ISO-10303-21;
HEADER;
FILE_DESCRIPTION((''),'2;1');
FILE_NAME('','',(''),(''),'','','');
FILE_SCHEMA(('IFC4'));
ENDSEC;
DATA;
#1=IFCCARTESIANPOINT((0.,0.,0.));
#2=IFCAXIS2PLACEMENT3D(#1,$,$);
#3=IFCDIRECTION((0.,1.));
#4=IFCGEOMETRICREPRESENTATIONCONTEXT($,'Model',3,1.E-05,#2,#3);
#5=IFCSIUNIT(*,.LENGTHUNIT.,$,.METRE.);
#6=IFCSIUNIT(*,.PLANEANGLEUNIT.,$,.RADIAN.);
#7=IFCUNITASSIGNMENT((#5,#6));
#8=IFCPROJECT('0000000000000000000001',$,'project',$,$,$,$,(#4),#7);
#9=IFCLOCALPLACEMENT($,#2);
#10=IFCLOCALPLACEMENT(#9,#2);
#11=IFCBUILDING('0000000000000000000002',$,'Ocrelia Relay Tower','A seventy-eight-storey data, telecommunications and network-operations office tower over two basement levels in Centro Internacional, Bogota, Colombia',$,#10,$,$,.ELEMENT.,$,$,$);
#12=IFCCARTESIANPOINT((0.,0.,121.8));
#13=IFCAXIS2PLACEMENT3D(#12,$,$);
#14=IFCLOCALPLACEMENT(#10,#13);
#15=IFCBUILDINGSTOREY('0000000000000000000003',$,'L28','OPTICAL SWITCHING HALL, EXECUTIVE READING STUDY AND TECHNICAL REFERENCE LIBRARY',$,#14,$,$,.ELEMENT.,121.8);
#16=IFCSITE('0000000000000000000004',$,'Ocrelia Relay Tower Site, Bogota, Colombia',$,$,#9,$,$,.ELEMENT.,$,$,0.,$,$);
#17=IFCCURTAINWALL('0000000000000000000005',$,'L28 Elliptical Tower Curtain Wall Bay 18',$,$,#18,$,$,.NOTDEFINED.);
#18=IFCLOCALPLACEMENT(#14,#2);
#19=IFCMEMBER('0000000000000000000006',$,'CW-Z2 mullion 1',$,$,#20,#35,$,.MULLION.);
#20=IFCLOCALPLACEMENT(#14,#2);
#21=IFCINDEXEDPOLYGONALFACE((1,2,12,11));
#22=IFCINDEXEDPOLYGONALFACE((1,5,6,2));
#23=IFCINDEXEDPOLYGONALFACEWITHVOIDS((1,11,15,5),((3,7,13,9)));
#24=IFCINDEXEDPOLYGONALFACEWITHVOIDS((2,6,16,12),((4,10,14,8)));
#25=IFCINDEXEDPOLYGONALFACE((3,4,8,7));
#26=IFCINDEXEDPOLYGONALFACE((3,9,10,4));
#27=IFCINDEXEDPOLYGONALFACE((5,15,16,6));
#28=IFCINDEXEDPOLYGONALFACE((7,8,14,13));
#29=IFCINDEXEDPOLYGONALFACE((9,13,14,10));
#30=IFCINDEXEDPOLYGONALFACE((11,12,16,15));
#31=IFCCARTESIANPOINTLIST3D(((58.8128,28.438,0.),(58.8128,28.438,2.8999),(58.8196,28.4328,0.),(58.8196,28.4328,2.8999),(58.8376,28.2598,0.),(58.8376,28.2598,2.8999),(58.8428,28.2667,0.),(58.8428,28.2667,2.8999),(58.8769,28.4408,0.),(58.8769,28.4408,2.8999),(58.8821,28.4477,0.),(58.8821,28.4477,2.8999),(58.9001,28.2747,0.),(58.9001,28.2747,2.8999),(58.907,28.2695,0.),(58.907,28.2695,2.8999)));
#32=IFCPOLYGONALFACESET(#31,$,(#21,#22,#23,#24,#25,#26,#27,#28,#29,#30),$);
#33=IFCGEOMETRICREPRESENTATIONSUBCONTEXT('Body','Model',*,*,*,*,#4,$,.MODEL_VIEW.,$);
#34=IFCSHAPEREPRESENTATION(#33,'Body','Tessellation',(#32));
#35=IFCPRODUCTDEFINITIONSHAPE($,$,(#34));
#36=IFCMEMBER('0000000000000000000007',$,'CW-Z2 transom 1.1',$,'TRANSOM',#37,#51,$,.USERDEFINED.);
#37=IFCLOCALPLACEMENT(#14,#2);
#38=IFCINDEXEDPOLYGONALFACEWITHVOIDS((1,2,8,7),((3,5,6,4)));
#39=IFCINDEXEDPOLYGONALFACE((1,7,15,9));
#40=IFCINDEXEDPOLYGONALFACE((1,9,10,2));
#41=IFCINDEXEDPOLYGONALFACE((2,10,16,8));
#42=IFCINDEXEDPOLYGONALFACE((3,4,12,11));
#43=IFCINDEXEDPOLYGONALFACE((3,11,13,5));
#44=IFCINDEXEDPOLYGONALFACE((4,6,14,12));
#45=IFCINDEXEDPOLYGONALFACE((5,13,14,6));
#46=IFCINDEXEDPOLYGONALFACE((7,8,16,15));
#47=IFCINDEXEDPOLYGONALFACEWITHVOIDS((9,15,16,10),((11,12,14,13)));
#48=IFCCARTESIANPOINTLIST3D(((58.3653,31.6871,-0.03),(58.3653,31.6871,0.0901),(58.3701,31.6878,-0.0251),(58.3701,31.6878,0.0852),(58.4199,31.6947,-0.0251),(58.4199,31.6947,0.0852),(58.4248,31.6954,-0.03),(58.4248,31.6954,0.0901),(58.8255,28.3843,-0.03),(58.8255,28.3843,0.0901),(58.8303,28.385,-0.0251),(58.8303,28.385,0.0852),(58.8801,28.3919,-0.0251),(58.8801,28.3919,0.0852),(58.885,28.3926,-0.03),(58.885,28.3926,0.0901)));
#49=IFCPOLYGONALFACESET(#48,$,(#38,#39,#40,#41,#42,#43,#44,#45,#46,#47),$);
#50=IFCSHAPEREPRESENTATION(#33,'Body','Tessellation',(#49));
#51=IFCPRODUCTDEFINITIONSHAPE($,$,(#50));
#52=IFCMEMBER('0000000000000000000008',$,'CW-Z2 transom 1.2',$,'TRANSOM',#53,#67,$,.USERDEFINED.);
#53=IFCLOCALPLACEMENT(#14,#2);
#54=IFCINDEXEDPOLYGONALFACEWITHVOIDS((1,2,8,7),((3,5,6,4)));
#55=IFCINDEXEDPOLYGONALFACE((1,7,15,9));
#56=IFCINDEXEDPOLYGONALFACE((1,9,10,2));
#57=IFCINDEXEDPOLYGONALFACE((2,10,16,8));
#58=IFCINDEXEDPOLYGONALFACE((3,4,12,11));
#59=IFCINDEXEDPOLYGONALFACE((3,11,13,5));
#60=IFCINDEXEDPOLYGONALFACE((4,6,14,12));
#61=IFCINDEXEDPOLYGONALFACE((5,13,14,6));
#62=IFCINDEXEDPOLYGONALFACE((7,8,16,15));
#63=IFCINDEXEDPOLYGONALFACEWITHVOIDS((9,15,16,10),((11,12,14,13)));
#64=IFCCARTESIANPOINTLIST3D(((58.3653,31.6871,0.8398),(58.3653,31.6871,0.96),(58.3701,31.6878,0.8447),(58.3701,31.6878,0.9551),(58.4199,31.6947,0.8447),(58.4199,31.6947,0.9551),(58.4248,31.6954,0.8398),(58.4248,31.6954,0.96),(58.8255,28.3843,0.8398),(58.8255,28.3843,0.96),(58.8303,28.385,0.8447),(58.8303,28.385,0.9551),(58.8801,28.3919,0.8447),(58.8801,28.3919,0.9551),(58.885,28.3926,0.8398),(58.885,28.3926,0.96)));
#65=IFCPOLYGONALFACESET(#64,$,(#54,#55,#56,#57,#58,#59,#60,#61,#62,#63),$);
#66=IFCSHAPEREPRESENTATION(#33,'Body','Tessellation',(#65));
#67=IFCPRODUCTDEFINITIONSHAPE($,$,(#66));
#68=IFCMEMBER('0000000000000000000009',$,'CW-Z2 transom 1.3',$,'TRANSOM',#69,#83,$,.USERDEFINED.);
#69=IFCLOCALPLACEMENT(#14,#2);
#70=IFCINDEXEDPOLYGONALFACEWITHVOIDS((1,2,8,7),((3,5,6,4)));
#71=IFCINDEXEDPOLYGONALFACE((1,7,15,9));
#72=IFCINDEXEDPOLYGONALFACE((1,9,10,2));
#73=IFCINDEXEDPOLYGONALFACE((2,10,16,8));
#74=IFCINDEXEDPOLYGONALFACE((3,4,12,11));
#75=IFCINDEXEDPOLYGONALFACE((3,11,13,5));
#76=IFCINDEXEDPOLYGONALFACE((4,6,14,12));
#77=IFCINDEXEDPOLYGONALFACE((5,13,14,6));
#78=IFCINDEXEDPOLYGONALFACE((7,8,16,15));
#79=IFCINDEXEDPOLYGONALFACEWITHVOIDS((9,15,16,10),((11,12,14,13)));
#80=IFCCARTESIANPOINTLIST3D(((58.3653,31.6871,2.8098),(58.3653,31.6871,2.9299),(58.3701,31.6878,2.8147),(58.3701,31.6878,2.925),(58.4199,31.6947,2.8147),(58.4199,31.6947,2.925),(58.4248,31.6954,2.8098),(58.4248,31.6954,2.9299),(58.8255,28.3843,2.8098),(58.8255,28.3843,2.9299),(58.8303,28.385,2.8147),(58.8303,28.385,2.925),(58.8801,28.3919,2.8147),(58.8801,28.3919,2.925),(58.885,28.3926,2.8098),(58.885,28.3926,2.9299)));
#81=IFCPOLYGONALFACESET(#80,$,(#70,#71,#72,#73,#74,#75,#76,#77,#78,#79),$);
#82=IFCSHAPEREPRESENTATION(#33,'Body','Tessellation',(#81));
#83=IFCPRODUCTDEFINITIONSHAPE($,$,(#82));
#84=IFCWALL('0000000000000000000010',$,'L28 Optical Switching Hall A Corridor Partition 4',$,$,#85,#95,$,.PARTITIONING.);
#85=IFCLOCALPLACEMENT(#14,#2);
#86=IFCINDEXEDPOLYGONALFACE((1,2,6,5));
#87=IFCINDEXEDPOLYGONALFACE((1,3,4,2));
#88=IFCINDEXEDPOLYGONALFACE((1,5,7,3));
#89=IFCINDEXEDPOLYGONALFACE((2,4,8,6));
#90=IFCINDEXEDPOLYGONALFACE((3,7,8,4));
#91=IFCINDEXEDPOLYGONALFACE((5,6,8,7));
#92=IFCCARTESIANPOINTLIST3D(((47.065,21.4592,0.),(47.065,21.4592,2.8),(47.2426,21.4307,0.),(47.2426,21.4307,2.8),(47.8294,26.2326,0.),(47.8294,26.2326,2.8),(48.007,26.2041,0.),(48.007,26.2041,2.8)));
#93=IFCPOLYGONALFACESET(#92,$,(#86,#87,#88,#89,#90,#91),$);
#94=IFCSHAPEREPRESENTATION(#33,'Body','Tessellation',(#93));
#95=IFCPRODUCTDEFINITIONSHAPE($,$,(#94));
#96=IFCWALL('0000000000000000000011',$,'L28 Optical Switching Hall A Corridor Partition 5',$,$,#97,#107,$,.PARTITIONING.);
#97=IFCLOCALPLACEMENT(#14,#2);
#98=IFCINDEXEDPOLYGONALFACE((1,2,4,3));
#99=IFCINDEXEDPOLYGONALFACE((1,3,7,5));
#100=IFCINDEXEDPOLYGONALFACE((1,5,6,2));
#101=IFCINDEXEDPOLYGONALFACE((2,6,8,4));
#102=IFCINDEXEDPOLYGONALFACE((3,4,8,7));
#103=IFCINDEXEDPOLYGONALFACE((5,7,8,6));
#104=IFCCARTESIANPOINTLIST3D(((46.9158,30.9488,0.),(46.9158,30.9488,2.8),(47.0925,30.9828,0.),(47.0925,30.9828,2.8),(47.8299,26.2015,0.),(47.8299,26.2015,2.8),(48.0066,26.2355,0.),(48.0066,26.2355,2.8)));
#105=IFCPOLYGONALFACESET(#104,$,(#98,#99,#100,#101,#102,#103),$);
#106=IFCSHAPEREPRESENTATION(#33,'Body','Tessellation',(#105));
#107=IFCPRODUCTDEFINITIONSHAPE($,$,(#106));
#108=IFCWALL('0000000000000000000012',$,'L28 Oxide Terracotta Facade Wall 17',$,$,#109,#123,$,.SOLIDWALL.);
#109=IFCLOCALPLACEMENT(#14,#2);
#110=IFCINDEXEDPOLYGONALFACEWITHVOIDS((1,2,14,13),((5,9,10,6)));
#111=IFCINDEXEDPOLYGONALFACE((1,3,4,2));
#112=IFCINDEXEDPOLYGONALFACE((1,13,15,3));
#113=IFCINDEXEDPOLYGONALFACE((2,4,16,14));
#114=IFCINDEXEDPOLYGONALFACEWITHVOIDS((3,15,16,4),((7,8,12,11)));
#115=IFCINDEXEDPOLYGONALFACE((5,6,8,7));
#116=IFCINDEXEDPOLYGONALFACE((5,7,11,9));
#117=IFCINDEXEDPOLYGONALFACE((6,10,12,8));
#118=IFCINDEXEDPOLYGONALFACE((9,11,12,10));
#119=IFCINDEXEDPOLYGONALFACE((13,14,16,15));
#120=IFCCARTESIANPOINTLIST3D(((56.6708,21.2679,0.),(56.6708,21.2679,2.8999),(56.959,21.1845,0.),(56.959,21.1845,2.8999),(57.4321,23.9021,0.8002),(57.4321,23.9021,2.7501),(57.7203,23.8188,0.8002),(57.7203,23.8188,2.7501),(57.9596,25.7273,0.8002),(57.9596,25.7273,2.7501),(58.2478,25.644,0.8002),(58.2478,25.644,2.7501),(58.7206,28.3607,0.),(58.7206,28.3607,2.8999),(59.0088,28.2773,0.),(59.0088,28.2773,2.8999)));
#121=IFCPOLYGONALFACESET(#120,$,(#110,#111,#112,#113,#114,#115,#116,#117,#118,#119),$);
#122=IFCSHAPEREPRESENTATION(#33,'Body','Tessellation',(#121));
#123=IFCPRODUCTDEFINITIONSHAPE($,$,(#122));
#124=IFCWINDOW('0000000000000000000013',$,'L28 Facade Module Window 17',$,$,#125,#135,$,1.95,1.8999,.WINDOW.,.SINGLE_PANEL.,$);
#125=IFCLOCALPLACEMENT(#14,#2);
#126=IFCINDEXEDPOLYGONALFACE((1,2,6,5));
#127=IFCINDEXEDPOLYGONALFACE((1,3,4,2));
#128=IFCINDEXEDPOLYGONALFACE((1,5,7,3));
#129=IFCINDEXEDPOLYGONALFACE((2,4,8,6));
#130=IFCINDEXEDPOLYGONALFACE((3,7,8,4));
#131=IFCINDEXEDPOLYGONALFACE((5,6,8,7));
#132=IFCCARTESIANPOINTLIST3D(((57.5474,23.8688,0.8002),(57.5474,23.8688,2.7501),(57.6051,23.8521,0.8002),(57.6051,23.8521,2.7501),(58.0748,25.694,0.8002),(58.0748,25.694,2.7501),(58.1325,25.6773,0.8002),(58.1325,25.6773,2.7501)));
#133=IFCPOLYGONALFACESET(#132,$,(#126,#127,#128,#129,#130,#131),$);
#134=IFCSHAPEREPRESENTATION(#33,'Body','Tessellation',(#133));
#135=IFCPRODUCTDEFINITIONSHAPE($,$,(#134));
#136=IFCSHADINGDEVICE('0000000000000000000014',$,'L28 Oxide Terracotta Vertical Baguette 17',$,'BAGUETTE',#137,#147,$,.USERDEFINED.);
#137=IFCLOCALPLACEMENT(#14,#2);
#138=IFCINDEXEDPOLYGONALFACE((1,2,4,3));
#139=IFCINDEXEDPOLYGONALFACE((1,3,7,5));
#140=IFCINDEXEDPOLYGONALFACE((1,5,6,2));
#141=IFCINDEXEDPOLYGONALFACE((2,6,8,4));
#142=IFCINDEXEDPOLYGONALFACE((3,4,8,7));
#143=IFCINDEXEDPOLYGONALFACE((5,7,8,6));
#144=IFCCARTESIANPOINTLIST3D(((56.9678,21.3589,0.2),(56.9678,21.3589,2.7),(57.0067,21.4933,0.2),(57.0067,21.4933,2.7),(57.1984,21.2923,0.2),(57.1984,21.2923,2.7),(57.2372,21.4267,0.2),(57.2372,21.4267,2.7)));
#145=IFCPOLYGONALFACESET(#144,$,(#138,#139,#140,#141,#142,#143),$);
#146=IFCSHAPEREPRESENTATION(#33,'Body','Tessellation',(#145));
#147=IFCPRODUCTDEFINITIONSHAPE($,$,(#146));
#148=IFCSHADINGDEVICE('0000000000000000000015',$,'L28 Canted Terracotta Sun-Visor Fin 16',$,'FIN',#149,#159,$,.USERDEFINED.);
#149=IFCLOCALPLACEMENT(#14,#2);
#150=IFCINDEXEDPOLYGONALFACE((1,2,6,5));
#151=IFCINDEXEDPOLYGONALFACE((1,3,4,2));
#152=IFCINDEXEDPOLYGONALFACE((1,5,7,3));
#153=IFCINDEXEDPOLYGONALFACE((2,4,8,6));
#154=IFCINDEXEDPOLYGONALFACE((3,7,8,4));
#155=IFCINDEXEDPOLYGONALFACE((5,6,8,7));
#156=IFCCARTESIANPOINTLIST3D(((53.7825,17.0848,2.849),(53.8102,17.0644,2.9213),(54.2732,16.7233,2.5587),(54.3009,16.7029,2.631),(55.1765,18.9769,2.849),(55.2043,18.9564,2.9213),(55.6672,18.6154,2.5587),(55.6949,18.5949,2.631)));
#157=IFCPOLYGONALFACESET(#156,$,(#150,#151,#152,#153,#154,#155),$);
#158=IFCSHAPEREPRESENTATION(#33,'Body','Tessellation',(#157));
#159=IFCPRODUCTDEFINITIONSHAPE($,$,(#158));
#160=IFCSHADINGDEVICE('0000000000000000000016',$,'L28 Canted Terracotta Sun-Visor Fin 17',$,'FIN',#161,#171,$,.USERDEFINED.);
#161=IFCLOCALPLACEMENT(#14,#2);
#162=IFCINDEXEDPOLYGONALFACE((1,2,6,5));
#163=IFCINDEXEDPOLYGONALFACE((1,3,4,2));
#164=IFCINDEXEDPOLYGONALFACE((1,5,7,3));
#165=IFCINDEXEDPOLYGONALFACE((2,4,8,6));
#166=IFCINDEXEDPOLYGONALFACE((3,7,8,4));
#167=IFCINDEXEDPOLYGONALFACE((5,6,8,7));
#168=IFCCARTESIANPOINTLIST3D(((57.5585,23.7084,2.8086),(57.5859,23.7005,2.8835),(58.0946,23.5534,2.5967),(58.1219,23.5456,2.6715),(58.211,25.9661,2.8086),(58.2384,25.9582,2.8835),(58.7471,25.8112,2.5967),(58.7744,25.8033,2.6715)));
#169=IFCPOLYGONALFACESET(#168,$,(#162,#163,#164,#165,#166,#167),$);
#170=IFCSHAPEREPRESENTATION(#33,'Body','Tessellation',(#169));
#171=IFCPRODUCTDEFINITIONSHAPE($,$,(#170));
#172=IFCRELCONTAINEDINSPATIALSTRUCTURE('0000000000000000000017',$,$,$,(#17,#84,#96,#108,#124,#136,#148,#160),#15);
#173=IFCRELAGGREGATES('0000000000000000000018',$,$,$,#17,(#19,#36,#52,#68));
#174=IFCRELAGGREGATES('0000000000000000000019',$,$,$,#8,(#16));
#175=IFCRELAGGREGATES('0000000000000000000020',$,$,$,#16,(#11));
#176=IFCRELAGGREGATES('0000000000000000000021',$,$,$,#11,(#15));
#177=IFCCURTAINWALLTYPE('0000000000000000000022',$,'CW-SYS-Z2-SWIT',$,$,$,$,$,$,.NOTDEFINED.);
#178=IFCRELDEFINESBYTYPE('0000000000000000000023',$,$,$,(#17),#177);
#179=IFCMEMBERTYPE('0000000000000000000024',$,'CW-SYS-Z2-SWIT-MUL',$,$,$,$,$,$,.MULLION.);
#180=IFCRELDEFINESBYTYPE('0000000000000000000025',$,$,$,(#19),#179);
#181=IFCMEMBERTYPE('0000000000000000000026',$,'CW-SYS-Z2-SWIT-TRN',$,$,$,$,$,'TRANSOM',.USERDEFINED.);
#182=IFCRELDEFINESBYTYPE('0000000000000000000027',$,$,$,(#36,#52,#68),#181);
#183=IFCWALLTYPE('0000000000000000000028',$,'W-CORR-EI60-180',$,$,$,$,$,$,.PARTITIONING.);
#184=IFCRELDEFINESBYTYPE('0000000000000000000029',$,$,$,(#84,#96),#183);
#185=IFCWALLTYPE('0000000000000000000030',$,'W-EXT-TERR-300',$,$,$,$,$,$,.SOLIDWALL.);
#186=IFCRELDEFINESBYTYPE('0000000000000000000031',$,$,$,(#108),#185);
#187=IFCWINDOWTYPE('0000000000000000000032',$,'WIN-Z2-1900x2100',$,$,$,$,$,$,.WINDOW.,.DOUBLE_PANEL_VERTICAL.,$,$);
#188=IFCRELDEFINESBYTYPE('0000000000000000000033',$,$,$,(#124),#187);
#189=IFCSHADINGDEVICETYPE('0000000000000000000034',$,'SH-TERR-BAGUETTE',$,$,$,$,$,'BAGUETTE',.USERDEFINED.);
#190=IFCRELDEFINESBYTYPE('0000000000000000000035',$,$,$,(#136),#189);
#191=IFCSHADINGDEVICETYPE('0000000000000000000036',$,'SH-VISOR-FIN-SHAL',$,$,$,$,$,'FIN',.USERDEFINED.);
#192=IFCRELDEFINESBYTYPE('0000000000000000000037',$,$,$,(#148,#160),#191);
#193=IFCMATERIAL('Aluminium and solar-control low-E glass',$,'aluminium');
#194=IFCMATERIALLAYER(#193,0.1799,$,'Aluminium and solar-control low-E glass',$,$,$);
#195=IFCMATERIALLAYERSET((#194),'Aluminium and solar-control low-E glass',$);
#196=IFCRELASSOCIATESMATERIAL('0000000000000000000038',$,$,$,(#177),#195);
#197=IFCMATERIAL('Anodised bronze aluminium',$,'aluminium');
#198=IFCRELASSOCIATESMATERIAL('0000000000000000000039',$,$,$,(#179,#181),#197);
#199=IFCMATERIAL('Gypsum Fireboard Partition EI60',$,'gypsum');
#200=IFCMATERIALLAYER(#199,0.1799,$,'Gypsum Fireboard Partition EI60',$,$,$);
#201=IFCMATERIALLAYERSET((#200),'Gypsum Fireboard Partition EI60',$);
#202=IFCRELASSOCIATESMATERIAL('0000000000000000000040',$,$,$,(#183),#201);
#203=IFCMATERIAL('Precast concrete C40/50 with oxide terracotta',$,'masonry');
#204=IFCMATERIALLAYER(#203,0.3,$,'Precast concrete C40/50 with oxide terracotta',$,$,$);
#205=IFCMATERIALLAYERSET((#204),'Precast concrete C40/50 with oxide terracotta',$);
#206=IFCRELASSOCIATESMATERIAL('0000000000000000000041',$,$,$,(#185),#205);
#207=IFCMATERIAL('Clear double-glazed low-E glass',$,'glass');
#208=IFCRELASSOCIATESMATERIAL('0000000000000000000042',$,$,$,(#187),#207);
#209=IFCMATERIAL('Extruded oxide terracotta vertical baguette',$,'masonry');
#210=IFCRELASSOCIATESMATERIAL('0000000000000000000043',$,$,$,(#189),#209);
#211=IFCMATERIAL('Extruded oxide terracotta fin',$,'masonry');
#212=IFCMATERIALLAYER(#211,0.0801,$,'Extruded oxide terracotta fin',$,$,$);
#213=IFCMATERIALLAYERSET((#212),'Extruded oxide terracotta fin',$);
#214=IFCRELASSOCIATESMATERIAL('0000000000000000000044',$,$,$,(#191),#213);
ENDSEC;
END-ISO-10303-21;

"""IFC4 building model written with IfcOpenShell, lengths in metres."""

from ifc_helpers import new_model, si_unit, direction, frame, frame_2d, origin, origin_2d, place, context, subcontext, project, spatial, rectangle, hollow_rectangle, extrude, material, layer, layer_set, material_profile, profile_set, type_object, element, fill, aggregate, save


model = new_model("IFC4")

# Units and contexts
model_context = context("Model", 3, precision=1e-05, world=origin(), true_north=direction((0.0, 1.0)))
body_context = subcontext(model_context, "Body", "Model", "MODEL_VIEW")
ifc_project = project(units=[si_unit("LENGTHUNIT", "METRE"), si_unit("PLANEANGLEUNIT", "RADIAN")], contexts=[model_context])

# Site, building, storey
site_placement = place(None, origin())
site = spatial("IfcSite", under=ifc_project, at=site_placement, Name="Ocrelia Relay Tower Site, Bogota, Colombia", CompositionType="ELEMENT", RefElevation=0.0)
building_placement = place(site_placement, origin())
building = spatial("IfcBuilding", under=site, at=building_placement, Name="Ocrelia Relay Tower", Description="A seventy-eight-storey data, telecommunications and network-operations office tower over two basement levels in Centro Internacional, Bogota, Colombia", CompositionType="ELEMENT")
storey_placement = place(building_placement, frame((0.0, 0.0, 121.8)))
storey = spatial("IfcBuildingStorey", under=building, at=storey_placement, Name="L28", Description="OPTICAL SWITCHING HALL, EXECUTIVE READING STUDY AND TECHNICAL REFERENCE LIBRARY", CompositionType="ELEMENT", Elevation=121.8)

# Curtain wall, members
ifc_material_1 = material(Name="Aluminium and solar-control low-E glass", Category="aluminium")
ifc_layer_1 = layer(ifc_material_1, 0.1799, Name="Aluminium and solar-control low-E glass")
ifc_layer_set_1 = layer_set([ifc_layer_1], Name="Aluminium and solar-control low-E glass")
curtain_wall_type = type_object("IfcCurtainWallType", Name="CW-SYS-Z2-SWIT", PredefinedType="NOTDEFINED", material=ifc_layer_set_1)
curtain_wall_placement = place(storey_placement, origin())
curtain_wall = element("IfcCurtainWall", 1, at=curtain_wall_placement, inside=storey, type_object=curtain_wall_type, Name="L28 Elliptical Tower Curtain Wall Bay 18", PredefinedType="NOTDEFINED")
ifc_material_2 = material(Name="Anodised bronze aluminium", Category="aluminium")
ifc_material_profile_1 = material_profile(ifc_material_2, hollow_rectangle(XDim=0.0701, YDim=0.1799, WallThickness=0.0061, at=origin_2d()), Name="CW-MUL-180x70")
ifc_profile_set_1 = profile_set([ifc_material_profile_1], Name="Anodised bronze aluminium")
member_type_1 = type_object("IfcMemberType", Name="CW-SYS-Z2-SWIT-MUL", PredefinedType="MULLION", material=ifc_profile_set_1)
member_1_placement = place(storey_placement, frame((58.8599, 28.3538, 0.0), z_axis=(0.0, 0.0, 1.0), x_axis=(-0.990435, -0.137983, 0.0)))
member_1 = element("IfcMember", 2, at=member_1_placement, type_object=member_type_1, Name="CW-Z2 mullion 1", PredefinedType="MULLION", context=body_context, shape_type="SweptSolid", body=[
    extrude(hollow_rectangle(XDim=0.0701, YDim=0.1799, WallThickness=0.0061, at=origin_2d()), origin(), (0.0, 0.0, 1.0), 2.8999),
])
ifc_material_profile_2 = material_profile(ifc_material_2, hollow_rectangle(XDim=0.0601, YDim=0.1201, WallThickness=0.0049, at=origin_2d()), Name="CW-TRN-120x60")
ifc_profile_set_2 = profile_set([ifc_material_profile_2], Name="Anodised bronze aluminium")
member_type_2 = type_object("IfcMemberType", Name="CW-SYS-Z2-SWIT-TRN", ElementType="TRANSOM", PredefinedType="USERDEFINED", material=ifc_profile_set_2)
member_2_placement = place(storey_placement, frame((58.8552, 28.3884, 0.03), z_axis=(-0.138007, 0.990431, 0.0), x_axis=(-0.990431, -0.138007, 0.0)))
member_2 = element("IfcMember", 3, at=member_2_placement, type_object=member_type_2, Name="CW-Z2 transom 1.1", ObjectType="TRANSOM", PredefinedType="USERDEFINED", context=body_context, shape_type="SweptSolid", body=[
    extrude(hollow_rectangle(XDim=0.0601, YDim=0.1201, WallThickness=0.0049, at=origin_2d()), origin(), (0.0, 0.0, 1.0), 3.3347),
])
member_3_placement = place(storey_placement, frame((58.8552, 28.3884, 0.8999), z_axis=(-0.138007, 0.990431, 0.0), x_axis=(-0.990431, -0.138007, 0.0)))
member_3 = element("IfcMember", 4, at=member_3_placement, type_object=member_type_2, Name="CW-Z2 transom 1.2", ObjectType="TRANSOM", PredefinedType="USERDEFINED", context=body_context, shape_type="SweptSolid", body=[
    extrude(hollow_rectangle(XDim=0.0601, YDim=0.1201, WallThickness=0.0049, at=origin_2d()), origin(), (0.0, 0.0, 1.0), 3.3347),
])
member_4_placement = place(storey_placement, frame((58.8552, 28.3884, 2.8699), z_axis=(-0.138007, 0.990431, 0.0), x_axis=(-0.990431, -0.138007, 0.0)))
member_4 = element("IfcMember", 5, at=member_4_placement, type_object=member_type_2, Name="CW-Z2 transom 1.3", ObjectType="TRANSOM", PredefinedType="USERDEFINED", context=body_context, shape_type="SweptSolid", body=[
    extrude(hollow_rectangle(XDim=0.0601, YDim=0.1201, WallThickness=0.0049, at=origin_2d()), origin(), (0.0, 0.0, 1.0), 3.3347),
])
aggregate(curtain_wall, [member_1, member_2, member_3, member_4])

# Walls
ifc_material_3 = material(Name="Gypsum Fireboard Partition EI60", Category="gypsum")
ifc_layer_2 = layer(ifc_material_3, 0.1799, Name="Gypsum Fireboard Partition EI60")
ifc_layer_set_2 = layer_set([ifc_layer_2], Name="Gypsum Fireboard Partition EI60")
wall_type_1 = type_object("IfcWallType", Name="W-CORR-EI60-180", PredefinedType="PARTITIONING", material=ifc_layer_set_2)
wall_1_placement = place(storey_placement, frame((47.1538, 21.4451, 0.0), z_axis=(0.0, 0.0, 1.0), x_axis=(0.158122, 0.98742, 0.0)))
element("IfcWall", 6, at=wall_1_placement, inside=storey, type_object=wall_type_1, Name="L28 Optical Switching Hall A Corridor Partition 4", PredefinedType="PARTITIONING", context=body_context, shape_type="SweptSolid", body=[
    extrude(rectangle(XDim=4.8342, YDim=0.1799, at=frame_2d((2.417, 0.0))), origin(), (0.0, 0.0, 1.0), 2.8),
])
wall_2_placement = place(storey_placement, frame((47.9182, 26.2185, 0.0), z_axis=(0.0, 0.0, 1.0), x_axis=(-0.18907, 0.981964, 0.0)))
element("IfcWall", 7, at=wall_2_placement, inside=storey, type_object=wall_type_1, Name="L28 Optical Switching Hall A Corridor Partition 5", PredefinedType="PARTITIONING", context=body_context, shape_type="SweptSolid", body=[
    extrude(rectangle(XDim=4.8345, YDim=0.1799, at=frame_2d((2.4172, 0.0))), origin(), (0.0, 0.0, 1.0), 2.8),
])

# Wall, opening, window
ifc_material_4 = material(Name="Precast concrete C40/50 with oxide terracotta", Category="masonry")
ifc_layer_3 = layer(ifc_material_4, 0.3, Name="Precast concrete C40/50 with oxide terracotta")
ifc_layer_set_3 = layer_set([ifc_layer_3], Name="Precast concrete C40/50 with oxide terracotta")
wall_type_2 = type_object("IfcWallType", Name="W-EXT-TERR-300", PredefinedType="SOLIDWALL", material=ifc_layer_set_3)
wall_3_placement = place(storey_placement, frame((56.8149, 21.2263, 0.0), z_axis=(0.0, 0.0, 1.0), x_axis=(0.277637, 0.960686, 0.0)))
wall_3 = element("IfcWall", 8, at=wall_3_placement, inside=storey, type_object=wall_type_2, Name="L28 Oxide Terracotta Facade Wall 17", PredefinedType="SOLIDWALL", context=body_context, shape_type="SweptSolid", body=[
    extrude(rectangle(XDim=7.3831, YDim=0.3, at=frame_2d((3.6914, 0.0))), origin(), (0.0, 0.0, 1.0), 2.8999),
])
opening_placement = place(wall_3_placement, frame((2.7419, 0.0, 0.8)))
opening = element("IfcOpeningElement", 9, at=opening_placement, cuts=wall_3, PredefinedType="OPENING", context=body_context, shape_type="SweptSolid", body=[
    extrude(rectangle(XDim=1.8999, YDim=1.95, at=frame_2d((0.95, 0.9751))), frame((0.0, 0.1602, 0.0), z_axis=(0.0, -1.0, 0.0), x_axis=(1.0, 0.0, 0.0)), (0.0, 0.0, 1.0), 0.3201),
])
ifc_material_5 = material(Name="Clear double-glazed low-E glass", Category="glass")
window_type = type_object("IfcWindowType", Name="WIN-Z2-1900x2100", PartitioningType="DOUBLE_PANEL_VERTICAL", PredefinedType="WINDOW", material=ifc_material_5)
window_placement = place(opening_placement, origin())
window = element("IfcWindow", 10, at=window_placement, inside=storey, type_object=window_type, Name="L28 Facade Module Window 17", OverallHeight=1.95, OverallWidth=1.8999, PartitioningType="SINGLE_PANEL", PredefinedType="WINDOW", context=body_context, shape_type="SweptSolid", body=[
    extrude(rectangle(XDim=1.8999, YDim=1.95, at=frame_2d((0.95, 0.9751))), frame((0.0, 0.03, 0.0), z_axis=(0.0, -1.0, 0.0), x_axis=(1.0, 0.0, 0.0)), (0.0, 0.0, 1.0), 0.0601),
])
fill(opening, window)

# Shading devices
ifc_material_6 = material(Name="Extruded oxide terracotta vertical baguette", Category="masonry")
shading_device_type_1 = type_object("IfcShadingDeviceType", Name="SH-TERR-BAGUETTE", ElementType="BAGUETTE", PredefinedType="USERDEFINED", material=ifc_material_6)
shading_device_1_placement = place(storey_placement, frame((57.1025, 21.3928, 0.2), z_axis=(0.0, 0.0, 1.0), x_axis=(0.277641, 0.960685, 0.0)))
element("IfcShadingDevice", 11, at=shading_device_1_placement, inside=storey, type_object=shading_device_type_1, Name="L28 Oxide Terracotta Vertical Baguette 17", ObjectType="BAGUETTE", PredefinedType="USERDEFINED", context=body_context, shape_type="SweptSolid", body=[
    extrude(rectangle(XDim=0.1399, YDim=0.24, at=origin_2d()), origin(), (0.0, 0.0, 1.0), 2.5),
])
ifc_material_7 = material(Name="Extruded oxide terracotta fin", Category="masonry")
ifc_layer_4 = layer(ifc_material_7, 0.0801, Name="Extruded oxide terracotta fin")
ifc_layer_set_4 = layer_set([ifc_layer_4], Name="Extruded oxide terracotta fin")
shading_device_type_2 = type_object("IfcShadingDeviceType", Name="SH-VISOR-FIN-SHAL", ElementType="FIN", PredefinedType="USERDEFINED", material=ifc_layer_set_4)
shading_device_2_placement = place(storey_placement, frame((54.7249, 17.8501, 2.7039), z_axis=(0.346214, -0.255086, 0.902811), x_axis=(0.593171, 0.805076, 0.0)))
element("IfcShadingDevice", 12, at=shading_device_2_placement, inside=storey, type_object=shading_device_type_2, Name="L28 Canted Terracotta Sun-Visor Fin 16", ObjectType="FIN", PredefinedType="USERDEFINED", context=body_context, shape_type="SweptSolid", body=[
    extrude(rectangle(XDim=2.3501, YDim=0.675, at=origin_2d()), origin(), (0.0, 0.0, 1.0), 0.0801),
])
shading_device_3_placement = place(storey_placement, frame((58.1528, 24.7598, 2.7026), z_axis=(0.341146, -0.098592, 0.934826), x_axis=(0.277641, 0.960685, 0.0)))
element("IfcShadingDevice", 13, at=shading_device_3_placement, inside=storey, type_object=shading_device_type_2, Name="L28 Canted Terracotta Sun-Visor Fin 17", ObjectType="FIN", PredefinedType="USERDEFINED", context=body_context, shape_type="SweptSolid", body=[
    extrude(rectangle(XDim=2.3501, YDim=0.5969, at=origin_2d()), origin(), (0.0, 0.0, 1.0), 0.0801),
])

save(model, "model.ifc")
